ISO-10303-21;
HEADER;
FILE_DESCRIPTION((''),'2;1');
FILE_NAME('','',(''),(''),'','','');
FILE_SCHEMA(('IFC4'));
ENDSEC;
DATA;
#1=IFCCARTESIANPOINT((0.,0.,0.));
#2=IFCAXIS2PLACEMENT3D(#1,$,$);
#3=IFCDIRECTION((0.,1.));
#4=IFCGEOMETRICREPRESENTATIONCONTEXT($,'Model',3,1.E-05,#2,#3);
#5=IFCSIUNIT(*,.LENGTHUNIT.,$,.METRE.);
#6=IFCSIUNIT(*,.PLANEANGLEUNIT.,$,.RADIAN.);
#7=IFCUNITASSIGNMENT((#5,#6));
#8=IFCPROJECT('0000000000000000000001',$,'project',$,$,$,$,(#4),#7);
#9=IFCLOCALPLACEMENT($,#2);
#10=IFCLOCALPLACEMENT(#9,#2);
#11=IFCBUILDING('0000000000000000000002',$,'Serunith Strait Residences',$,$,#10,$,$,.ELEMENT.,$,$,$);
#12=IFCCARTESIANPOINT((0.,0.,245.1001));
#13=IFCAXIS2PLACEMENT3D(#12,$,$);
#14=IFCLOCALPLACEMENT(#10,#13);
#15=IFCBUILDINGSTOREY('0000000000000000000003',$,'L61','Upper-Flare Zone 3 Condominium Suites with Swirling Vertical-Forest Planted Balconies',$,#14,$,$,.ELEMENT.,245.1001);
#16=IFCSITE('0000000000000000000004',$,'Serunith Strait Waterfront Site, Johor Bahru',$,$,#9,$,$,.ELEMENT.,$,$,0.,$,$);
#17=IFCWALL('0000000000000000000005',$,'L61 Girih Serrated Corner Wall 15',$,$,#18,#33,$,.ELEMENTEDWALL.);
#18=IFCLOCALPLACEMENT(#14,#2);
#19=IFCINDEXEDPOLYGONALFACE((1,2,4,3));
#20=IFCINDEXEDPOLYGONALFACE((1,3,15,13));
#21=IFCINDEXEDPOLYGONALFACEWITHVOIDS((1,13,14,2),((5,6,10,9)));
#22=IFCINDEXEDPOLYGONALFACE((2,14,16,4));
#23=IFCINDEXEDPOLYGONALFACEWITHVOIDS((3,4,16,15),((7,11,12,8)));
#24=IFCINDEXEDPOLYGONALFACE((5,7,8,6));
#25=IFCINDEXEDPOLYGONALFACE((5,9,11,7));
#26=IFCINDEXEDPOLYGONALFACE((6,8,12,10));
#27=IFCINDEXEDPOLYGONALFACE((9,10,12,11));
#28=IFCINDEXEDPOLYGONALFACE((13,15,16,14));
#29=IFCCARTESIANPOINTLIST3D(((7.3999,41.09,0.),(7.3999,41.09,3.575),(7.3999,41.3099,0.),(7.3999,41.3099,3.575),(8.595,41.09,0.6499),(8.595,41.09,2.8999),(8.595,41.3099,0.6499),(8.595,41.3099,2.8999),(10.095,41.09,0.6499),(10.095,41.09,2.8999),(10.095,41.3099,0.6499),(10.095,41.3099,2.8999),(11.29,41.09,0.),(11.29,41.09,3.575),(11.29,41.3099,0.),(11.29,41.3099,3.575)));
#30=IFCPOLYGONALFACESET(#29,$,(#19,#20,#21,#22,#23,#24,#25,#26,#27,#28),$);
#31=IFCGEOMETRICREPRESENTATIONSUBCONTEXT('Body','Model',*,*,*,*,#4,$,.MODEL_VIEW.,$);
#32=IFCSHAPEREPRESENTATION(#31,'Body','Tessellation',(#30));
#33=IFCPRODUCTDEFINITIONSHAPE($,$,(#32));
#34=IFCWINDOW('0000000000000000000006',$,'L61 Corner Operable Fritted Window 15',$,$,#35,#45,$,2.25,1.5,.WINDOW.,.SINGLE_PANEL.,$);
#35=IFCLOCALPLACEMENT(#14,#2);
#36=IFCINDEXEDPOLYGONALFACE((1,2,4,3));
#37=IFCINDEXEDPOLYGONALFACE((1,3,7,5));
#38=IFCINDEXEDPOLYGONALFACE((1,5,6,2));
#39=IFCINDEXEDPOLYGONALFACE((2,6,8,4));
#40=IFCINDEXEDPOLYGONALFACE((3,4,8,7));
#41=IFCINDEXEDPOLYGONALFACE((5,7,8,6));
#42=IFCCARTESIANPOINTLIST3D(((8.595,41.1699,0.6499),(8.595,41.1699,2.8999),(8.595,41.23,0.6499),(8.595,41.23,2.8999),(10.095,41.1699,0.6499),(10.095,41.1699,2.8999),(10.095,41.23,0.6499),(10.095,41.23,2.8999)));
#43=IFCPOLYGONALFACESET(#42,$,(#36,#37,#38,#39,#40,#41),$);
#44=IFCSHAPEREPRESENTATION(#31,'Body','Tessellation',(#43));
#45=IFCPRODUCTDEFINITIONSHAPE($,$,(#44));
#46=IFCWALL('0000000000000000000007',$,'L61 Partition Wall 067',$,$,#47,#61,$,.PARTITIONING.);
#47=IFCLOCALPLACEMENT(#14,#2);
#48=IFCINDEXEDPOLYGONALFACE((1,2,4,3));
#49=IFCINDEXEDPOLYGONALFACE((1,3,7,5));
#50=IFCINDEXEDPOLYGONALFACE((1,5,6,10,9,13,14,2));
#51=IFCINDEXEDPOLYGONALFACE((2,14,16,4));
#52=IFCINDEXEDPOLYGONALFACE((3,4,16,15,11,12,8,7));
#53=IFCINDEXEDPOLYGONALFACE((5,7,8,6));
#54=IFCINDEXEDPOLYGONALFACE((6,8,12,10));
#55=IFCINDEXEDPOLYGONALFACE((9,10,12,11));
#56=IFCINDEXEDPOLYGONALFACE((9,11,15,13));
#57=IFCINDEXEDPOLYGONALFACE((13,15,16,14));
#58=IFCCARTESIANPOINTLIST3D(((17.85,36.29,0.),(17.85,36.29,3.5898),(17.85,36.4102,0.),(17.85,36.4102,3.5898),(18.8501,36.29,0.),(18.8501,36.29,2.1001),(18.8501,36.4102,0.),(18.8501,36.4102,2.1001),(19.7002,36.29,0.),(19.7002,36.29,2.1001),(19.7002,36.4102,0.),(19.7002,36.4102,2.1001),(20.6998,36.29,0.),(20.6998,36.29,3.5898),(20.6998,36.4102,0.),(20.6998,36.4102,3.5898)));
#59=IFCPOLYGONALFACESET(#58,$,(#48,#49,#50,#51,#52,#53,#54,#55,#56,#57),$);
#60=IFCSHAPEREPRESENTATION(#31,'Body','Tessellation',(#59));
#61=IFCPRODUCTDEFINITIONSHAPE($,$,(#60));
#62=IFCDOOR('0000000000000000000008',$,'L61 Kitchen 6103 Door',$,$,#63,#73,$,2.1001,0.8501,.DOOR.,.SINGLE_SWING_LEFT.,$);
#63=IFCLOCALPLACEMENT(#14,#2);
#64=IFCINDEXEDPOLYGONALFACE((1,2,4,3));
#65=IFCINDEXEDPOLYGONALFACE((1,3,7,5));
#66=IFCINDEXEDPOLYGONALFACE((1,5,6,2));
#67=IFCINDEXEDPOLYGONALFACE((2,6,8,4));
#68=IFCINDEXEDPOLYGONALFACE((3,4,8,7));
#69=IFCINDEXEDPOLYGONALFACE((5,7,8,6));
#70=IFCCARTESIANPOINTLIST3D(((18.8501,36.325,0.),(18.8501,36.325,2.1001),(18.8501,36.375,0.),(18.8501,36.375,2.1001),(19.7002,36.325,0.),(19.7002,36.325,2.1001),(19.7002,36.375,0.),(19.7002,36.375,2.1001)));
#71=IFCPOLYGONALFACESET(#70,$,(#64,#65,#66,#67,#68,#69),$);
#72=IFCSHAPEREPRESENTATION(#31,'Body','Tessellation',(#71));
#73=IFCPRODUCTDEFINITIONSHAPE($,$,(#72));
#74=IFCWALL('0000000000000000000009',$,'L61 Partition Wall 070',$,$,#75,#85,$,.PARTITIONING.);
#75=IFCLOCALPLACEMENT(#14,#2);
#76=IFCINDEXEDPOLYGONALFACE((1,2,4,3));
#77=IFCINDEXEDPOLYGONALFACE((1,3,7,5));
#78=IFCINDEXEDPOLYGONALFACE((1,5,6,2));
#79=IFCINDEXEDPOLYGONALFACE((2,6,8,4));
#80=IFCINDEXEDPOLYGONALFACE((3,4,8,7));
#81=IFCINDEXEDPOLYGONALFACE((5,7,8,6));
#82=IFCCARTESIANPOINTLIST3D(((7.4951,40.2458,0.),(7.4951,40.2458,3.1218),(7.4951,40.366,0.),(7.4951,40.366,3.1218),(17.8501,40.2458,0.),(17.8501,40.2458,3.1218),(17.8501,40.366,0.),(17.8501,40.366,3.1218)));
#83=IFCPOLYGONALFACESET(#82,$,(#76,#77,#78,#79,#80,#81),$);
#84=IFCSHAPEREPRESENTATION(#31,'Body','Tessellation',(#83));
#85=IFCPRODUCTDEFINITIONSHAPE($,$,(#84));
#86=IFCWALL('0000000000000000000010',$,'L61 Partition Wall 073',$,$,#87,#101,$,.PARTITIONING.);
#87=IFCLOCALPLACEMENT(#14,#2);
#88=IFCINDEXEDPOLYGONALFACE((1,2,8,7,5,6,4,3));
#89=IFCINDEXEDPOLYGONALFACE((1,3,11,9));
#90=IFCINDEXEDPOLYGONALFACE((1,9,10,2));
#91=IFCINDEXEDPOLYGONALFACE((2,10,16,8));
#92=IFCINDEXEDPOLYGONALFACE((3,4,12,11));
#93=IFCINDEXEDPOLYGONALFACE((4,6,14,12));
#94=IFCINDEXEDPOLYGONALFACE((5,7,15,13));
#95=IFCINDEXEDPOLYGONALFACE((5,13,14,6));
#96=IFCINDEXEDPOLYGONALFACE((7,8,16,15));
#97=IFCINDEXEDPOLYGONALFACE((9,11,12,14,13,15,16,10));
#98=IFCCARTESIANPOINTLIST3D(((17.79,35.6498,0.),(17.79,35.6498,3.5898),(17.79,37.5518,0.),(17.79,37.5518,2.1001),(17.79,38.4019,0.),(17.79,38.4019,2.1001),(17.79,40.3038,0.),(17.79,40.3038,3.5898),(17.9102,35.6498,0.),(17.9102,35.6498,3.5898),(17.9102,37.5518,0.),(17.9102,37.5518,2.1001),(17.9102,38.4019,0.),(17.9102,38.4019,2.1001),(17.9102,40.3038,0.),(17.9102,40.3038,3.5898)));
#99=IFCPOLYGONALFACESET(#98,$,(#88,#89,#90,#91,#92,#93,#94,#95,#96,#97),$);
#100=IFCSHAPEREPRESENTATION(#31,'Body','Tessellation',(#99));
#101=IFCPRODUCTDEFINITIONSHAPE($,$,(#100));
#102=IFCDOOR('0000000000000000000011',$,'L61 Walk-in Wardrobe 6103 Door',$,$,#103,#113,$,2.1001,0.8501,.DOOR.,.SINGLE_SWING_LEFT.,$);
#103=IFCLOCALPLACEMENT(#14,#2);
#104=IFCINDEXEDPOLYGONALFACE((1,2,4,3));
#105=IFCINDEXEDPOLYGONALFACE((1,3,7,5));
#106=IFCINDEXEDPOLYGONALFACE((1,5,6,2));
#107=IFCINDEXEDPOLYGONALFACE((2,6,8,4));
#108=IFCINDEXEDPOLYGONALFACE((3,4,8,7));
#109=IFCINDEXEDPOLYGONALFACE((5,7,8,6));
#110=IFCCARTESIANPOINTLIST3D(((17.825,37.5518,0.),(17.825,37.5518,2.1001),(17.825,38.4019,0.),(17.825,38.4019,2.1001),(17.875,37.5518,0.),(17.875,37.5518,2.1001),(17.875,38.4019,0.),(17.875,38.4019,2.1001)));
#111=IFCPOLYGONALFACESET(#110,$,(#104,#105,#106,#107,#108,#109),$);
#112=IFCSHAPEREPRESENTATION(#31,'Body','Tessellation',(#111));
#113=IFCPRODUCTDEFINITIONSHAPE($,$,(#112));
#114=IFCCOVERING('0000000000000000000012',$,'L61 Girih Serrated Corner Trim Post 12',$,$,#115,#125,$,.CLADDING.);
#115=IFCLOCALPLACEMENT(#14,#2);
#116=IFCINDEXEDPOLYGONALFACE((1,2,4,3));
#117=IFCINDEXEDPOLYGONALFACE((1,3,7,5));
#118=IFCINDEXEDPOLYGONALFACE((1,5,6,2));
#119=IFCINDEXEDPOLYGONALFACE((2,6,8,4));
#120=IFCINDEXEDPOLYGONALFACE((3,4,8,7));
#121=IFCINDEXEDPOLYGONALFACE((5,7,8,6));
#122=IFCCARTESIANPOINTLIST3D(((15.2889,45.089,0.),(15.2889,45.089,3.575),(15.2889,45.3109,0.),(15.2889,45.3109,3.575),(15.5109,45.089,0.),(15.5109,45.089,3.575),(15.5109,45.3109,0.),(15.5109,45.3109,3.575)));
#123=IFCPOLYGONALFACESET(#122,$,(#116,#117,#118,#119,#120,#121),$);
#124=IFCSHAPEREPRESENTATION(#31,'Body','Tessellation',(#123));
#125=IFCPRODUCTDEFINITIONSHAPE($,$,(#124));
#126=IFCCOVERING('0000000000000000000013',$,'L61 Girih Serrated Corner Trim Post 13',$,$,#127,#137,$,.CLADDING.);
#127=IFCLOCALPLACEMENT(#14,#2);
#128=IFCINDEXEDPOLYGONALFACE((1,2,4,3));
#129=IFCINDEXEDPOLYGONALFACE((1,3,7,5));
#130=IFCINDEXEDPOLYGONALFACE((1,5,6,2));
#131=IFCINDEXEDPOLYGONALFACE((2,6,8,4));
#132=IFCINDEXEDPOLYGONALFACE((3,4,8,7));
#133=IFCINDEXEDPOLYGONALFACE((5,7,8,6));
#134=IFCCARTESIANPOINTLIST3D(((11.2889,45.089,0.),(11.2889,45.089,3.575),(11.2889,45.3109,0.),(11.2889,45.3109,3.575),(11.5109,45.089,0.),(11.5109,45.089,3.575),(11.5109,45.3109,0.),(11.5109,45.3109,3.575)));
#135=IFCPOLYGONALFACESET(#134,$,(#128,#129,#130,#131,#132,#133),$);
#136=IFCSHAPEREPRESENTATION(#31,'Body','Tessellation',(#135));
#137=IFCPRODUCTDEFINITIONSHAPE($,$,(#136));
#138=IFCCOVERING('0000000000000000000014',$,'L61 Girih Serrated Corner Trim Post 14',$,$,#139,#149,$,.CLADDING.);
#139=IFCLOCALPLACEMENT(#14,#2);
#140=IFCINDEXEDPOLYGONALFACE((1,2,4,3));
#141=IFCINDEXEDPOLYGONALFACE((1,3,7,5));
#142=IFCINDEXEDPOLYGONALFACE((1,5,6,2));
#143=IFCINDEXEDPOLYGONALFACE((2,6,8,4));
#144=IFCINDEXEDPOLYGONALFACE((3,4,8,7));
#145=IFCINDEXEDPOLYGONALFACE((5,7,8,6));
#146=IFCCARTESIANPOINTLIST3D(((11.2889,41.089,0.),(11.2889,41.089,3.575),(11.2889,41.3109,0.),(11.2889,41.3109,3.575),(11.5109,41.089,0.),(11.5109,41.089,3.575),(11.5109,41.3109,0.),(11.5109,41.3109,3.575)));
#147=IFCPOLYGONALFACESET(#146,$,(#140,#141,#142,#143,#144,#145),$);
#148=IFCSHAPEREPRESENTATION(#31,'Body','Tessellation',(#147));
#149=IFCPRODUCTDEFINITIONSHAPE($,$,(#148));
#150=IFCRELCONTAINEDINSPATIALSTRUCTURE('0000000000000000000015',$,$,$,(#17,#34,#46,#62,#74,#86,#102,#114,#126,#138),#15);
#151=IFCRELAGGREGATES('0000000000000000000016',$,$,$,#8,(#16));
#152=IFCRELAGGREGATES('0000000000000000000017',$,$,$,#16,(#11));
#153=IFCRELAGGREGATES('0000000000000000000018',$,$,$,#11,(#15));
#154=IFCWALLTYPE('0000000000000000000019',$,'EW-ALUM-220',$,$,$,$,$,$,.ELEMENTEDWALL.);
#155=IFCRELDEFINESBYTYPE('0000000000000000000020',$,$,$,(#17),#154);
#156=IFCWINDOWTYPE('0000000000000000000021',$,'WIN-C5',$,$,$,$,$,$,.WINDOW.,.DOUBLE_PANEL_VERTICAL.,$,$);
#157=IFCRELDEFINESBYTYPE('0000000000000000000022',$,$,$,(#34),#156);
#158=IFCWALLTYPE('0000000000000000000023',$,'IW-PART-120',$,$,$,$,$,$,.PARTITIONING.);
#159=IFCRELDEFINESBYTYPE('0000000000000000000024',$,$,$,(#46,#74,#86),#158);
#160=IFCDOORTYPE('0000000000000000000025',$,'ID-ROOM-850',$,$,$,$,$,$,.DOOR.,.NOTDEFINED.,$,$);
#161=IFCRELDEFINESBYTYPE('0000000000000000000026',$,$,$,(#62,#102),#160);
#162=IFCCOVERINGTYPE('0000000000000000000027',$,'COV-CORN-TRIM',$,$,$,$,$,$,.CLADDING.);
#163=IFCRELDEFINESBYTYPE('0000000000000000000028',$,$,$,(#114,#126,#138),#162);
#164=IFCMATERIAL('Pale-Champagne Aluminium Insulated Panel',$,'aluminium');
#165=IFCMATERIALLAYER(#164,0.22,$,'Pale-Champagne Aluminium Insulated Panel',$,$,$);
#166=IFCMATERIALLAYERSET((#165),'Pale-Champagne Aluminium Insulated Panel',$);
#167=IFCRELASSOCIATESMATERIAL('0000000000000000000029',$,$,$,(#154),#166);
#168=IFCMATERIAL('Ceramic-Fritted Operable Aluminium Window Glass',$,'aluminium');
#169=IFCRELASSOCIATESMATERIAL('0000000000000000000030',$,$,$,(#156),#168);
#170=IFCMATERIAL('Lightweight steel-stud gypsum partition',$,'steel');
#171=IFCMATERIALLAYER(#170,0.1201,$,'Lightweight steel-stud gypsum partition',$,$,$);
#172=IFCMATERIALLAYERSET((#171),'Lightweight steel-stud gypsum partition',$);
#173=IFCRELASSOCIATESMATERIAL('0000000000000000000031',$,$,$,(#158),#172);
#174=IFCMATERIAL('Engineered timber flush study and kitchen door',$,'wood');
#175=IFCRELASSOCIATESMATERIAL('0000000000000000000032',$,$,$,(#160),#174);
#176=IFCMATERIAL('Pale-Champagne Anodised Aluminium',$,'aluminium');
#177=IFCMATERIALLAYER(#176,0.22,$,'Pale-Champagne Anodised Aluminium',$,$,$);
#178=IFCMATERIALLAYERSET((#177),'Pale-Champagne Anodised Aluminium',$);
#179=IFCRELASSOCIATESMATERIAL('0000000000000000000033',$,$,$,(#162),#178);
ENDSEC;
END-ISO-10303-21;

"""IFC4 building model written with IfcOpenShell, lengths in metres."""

from ifc_helpers import new_model, si_unit, direction, frame, frame_2d, origin, origin_2d, place, context, subcontext, project, spatial, rectangle, extrude, source, transform, mapped, material, layer, layer_set, type_object, element, fill, save


model = new_model("IFC4")

# Units and contexts
model_context = context("Model", 3, precision=1e-05, world=origin(), true_north=direction((0.0, 1.0)))
body_context = subcontext(model_context, "Body", "Model", "MODEL_VIEW")
ifc_project = project(units=[si_unit("LENGTHUNIT", "METRE"), si_unit("PLANEANGLEUNIT", "RADIAN")], contexts=[model_context])

# Site, building, storey
site_placement = place(None, origin())
site = spatial("IfcSite", under=ifc_project, at=site_placement, Name="Serunith Strait Waterfront Site, Johor Bahru", CompositionType="ELEMENT", RefElevation=0.0)
building_placement = place(site_placement, origin())
building = spatial("IfcBuilding", under=site, at=building_placement, Name="Serunith Strait Residences", CompositionType="ELEMENT")
storey_placement = place(building_placement, frame((0.0, 0.0, 245.1001)))
storey = spatial("IfcBuildingStorey", under=building, at=storey_placement, Name="L61", Description="Upper-Flare Zone 3 Condominium Suites with Swirling Vertical-Forest Planted Balconies", CompositionType="ELEMENT", Elevation=245.1001)

# Shared definitions
ifc_material_1 = material(Name="Pale-Champagne Anodised Aluminium", Category="aluminium")

# Wall, opening, window
ifc_material_2 = material(Name="Pale-Champagne Aluminium Insulated Panel", Category="aluminium")
ifc_layer_1 = layer(ifc_material_2, 0.22, Name="Pale-Champagne Aluminium Insulated Panel")
ifc_layer_set_1 = layer_set([ifc_layer_1], Name="Pale-Champagne Aluminium Insulated Panel")
wall_type_1 = type_object("IfcWallType", Name="EW-ALUM-220", PredefinedType="ELEMENTEDWALL", material=ifc_layer_set_1)
ifc_material_3 = material(Name="Ceramic-Fritted Operable Aluminium Window Glass", Category="aluminium")
window_type = type_object("IfcWindowType", Name="WIN-C5", PartitioningType="DOUBLE_PANEL_VERTICAL", PredefinedType="WINDOW", material=ifc_material_3)
shared_shape_1 = source(origin(), body_context, "Body", "SweptSolid", [
    extrude(rectangle(XDim=1.5, YDim=2.25, at=frame_2d((0.75, 1.125))), frame((0.0, 0.03, 0.0), z_axis=(0.0, -1.0, 0.0), x_axis=(1.0, 0.0, 0.0)), (0.0, 0.0, 1.0), 0.0601),
])
wall_1_placement = place(storey_placement, frame((11.29, 41.2, 0.0), z_axis=(0.0, 0.0, 1.0), x_axis=(-1.0, 0.0, 0.0)))
wall_1 = element("IfcWall", 1, at=wall_1_placement, inside=storey, type_object=wall_type_1, Name="L61 Girih Serrated Corner Wall 15", PredefinedType="ELEMENTEDWALL", context=body_context, shape_type="SweptSolid", body=[
    extrude(rectangle(XDim=3.8901, YDim=0.22, at=frame_2d((1.9451, 0.0))), origin(), (0.0, 0.0, 1.0), 3.575),
])
opening_1_placement = place(wall_1_placement, frame((1.1951, 0.0, 0.6499)))
opening_1 = element("IfcOpeningElement", 2, at=opening_1_placement, cuts=wall_1, PredefinedType="OPENING", context=body_context, shape_type="SweptSolid", body=[
    extrude(rectangle(XDim=1.5, YDim=2.25, at=frame_2d((0.75, 1.125))), frame((0.0, 0.1201, 0.0), z_axis=(0.0, -1.0, 0.0), x_axis=(1.0, 0.0, 0.0)), (0.0, 0.0, 1.0), 0.24),
])
window_1_placement = place(opening_1_placement, origin())
window_1 = element("IfcWindow", 3, at=window_1_placement, inside=storey, type_object=window_type, Name="L61 Corner Operable Fritted Window 15", OverallHeight=2.25, OverallWidth=1.5, PartitioningType="SINGLE_PANEL", PredefinedType="WINDOW", context=body_context, shape_type="MappedRepresentation", body=[
    mapped(shared_shape_1, transform((0.0, 0.0, 0.0), scale=1.0)),
])
fill(opening_1, window_1)

# Wall, opening, door
ifc_material_4 = material(Name="Lightweight steel-stud gypsum partition", Category="steel")
ifc_layer_2 = layer(ifc_material_4, 0.1201, Name="Lightweight steel-stud gypsum partition")
ifc_layer_set_2 = layer_set([ifc_layer_2], Name="Lightweight steel-stud gypsum partition")
wall_type_2 = type_object("IfcWallType", Name="IW-PART-120", PredefinedType="PARTITIONING", material=ifc_layer_set_2)
wall_2_placement = place(storey_placement, frame((17.8501, 36.3501, 0.0), z_axis=(0.0, 0.0, 1.0), x_axis=(1.0, 0.0, 0.0)))
wall_2 = element("IfcWall", 4, at=wall_2_placement, inside=storey, type_object=wall_type_2, Name="L61 Partition Wall 067", PredefinedType="PARTITIONING", context=body_context, shape_type="SweptSolid", body=[
    extrude(rectangle(XDim=2.8499, YDim=0.1201, at=frame_2d((1.4248, 0.0))), origin(), (0.0, 0.0, 1.0), 3.5898),
])
opening_2_placement = place(wall_2_placement, frame((1.0, 0.0, 0.0)))
opening_2 = element("IfcOpeningElement", 5, at=opening_2_placement, cuts=wall_2, PredefinedType="OPENING", context=body_context, shape_type="SweptSolid", body=[
    extrude(rectangle(XDim=0.8501, YDim=2.1001, at=frame_2d((0.425, 1.05))), frame((0.0, 0.0701, 0.0), z_axis=(0.0, -1.0, 0.0), x_axis=(1.0, 0.0, 0.0)), (0.0, 0.0, 1.0), 0.1401),
])
ifc_material_5 = material(Name="Engineered timber flush study and kitchen door", Category="wood")
door_type = type_object("IfcDoorType", Name="ID-ROOM-850", OperationType="NOTDEFINED", PredefinedType="DOOR", material=ifc_material_5)
shared_shape_2 = source(origin(), body_context, "Body", "SweptSolid", [
    extrude(rectangle(XDim=0.8501, YDim=2.1001, at=frame_2d((0.425, 1.05))), frame((0.0, 0.0249, 0.0), z_axis=(0.0, -1.0, 0.0), x_axis=(1.0, 0.0, 0.0)), (0.0, 0.0, 1.0), 0.05),
])
door_1_placement = place(opening_2_placement, origin())
door_1 = element("IfcDoor", 6, at=door_1_placement, inside=storey, type_object=door_type, Name="L61 Kitchen 6103 Door", OperationType="SINGLE_SWING_LEFT", OverallHeight=2.1001, OverallWidth=0.8501, PredefinedType="DOOR", context=body_context, shape_type="MappedRepresentation", body=[
    mapped(shared_shape_2, transform((0.0, 0.0, 0.0), scale=1.0)),
])
fill(opening_2, door_1)

# Wall
wall_3_placement = place(storey_placement, frame((7.4951, 40.3059, 0.0), z_axis=(0.0, 0.0, 1.0), x_axis=(1.0, 0.0, 0.0)))
element("IfcWall", 7, at=wall_3_placement, inside=storey, type_object=wall_type_2, Name="L61 Partition Wall 070", PredefinedType="PARTITIONING", context=body_context, shape_type="SweptSolid", body=[
    extrude(rectangle(XDim=10.355, YDim=0.1201, at=frame_2d((5.1775, 0.0))), origin(), (0.0, 0.0, 1.0), 3.1218),
])

# Wall, opening, door
wall_4_placement = place(storey_placement, frame((17.8501, 40.304, 0.0), z_axis=(0.0, 0.0, 1.0), x_axis=(0.0, -1.0, 0.0)))
wall_4 = element("IfcWall", 8, at=wall_4_placement, inside=storey, type_object=wall_type_2, Name="L61 Partition Wall 073", PredefinedType="PARTITIONING", context=body_context, shape_type="SweptSolid", body=[
    extrude(rectangle(XDim=4.6541, YDim=0.1201, at=frame_2d((2.3271, 0.0))), origin(), (0.0, 0.0, 1.0), 3.5898),
])
opening_3_placement = place(wall_4_placement, frame((1.9021, 0.0, 0.0)))
opening_3 = element("IfcOpeningElement", 9, at=opening_3_placement, cuts=wall_4, PredefinedType="OPENING", context=body_context, shape_type="SweptSolid", body=[
    extrude(rectangle(XDim=0.8501, YDim=2.1001, at=frame_2d((0.425, 1.05))), frame((0.0, 0.0701, 0.0), z_axis=(0.0, -1.0, 0.0), x_axis=(1.0, 0.0, 0.0)), (0.0, 0.0, 1.0), 0.1401),
])
door_2_placement = place(opening_3_placement, origin())
door_2 = element("IfcDoor", 10, at=door_2_placement, inside=storey, type_object=door_type, Name="L61 Walk-in Wardrobe 6103 Door", OperationType="SINGLE_SWING_LEFT", OverallHeight=2.1001, OverallWidth=0.8501, PredefinedType="DOOR", context=body_context, shape_type="MappedRepresentation", body=[
    mapped(shared_shape_2, transform((0.0, 0.0, 0.0), scale=1.0)),
])
fill(opening_3, door_2)

# Coverings
ifc_layer_3 = layer(ifc_material_1, 0.22, Name="Pale-Champagne Anodised Aluminium")
ifc_layer_set_3 = layer_set([ifc_layer_3], Name="Pale-Champagne Anodised Aluminium")
covering_type = type_object("IfcCoveringType", Name="COV-CORN-TRIM", PredefinedType="CLADDING", material=ifc_layer_set_3)
shared_shape_3 = source(origin(), body_context, "Body", "SweptSolid", [
    extrude(rectangle(XDim=0.2219, YDim=0.2219, at=origin_2d()), origin(), (0.0, 0.0, 1.0), 3.575),
])
for number, where, z_axis, x_axis, name in (
    (11, (15.3999, 45.2, 0.0), (0.0, 0.0, 1.0), (1.0, 0.0, 0.0), "L61 Girih Serrated Corner Trim Post 12"),
    (12, (11.3999, 45.2, 0.0), (0.0, 0.0, 1.0), (1.0, 0.0, 0.0), "L61 Girih Serrated Corner Trim Post 13"),
    (13, (11.3999, 41.2, 0.0), (0.0, 0.0, 1.0), (1.0, 0.0, 0.0), "L61 Girih Serrated Corner Trim Post 14"),
):
    element("IfcCovering", number, at=place(storey_placement, frame(where, z_axis=z_axis, x_axis=x_axis)), inside=storey, type_object=covering_type, Name=name, PredefinedType="CLADDING", context=body_context, shape_type="MappedRepresentation", body=[
        mapped(shared_shape_3, transform((0.0, 0.0, 0.0), scale=1.0)),
    ])

save(model, "model.ifc")
